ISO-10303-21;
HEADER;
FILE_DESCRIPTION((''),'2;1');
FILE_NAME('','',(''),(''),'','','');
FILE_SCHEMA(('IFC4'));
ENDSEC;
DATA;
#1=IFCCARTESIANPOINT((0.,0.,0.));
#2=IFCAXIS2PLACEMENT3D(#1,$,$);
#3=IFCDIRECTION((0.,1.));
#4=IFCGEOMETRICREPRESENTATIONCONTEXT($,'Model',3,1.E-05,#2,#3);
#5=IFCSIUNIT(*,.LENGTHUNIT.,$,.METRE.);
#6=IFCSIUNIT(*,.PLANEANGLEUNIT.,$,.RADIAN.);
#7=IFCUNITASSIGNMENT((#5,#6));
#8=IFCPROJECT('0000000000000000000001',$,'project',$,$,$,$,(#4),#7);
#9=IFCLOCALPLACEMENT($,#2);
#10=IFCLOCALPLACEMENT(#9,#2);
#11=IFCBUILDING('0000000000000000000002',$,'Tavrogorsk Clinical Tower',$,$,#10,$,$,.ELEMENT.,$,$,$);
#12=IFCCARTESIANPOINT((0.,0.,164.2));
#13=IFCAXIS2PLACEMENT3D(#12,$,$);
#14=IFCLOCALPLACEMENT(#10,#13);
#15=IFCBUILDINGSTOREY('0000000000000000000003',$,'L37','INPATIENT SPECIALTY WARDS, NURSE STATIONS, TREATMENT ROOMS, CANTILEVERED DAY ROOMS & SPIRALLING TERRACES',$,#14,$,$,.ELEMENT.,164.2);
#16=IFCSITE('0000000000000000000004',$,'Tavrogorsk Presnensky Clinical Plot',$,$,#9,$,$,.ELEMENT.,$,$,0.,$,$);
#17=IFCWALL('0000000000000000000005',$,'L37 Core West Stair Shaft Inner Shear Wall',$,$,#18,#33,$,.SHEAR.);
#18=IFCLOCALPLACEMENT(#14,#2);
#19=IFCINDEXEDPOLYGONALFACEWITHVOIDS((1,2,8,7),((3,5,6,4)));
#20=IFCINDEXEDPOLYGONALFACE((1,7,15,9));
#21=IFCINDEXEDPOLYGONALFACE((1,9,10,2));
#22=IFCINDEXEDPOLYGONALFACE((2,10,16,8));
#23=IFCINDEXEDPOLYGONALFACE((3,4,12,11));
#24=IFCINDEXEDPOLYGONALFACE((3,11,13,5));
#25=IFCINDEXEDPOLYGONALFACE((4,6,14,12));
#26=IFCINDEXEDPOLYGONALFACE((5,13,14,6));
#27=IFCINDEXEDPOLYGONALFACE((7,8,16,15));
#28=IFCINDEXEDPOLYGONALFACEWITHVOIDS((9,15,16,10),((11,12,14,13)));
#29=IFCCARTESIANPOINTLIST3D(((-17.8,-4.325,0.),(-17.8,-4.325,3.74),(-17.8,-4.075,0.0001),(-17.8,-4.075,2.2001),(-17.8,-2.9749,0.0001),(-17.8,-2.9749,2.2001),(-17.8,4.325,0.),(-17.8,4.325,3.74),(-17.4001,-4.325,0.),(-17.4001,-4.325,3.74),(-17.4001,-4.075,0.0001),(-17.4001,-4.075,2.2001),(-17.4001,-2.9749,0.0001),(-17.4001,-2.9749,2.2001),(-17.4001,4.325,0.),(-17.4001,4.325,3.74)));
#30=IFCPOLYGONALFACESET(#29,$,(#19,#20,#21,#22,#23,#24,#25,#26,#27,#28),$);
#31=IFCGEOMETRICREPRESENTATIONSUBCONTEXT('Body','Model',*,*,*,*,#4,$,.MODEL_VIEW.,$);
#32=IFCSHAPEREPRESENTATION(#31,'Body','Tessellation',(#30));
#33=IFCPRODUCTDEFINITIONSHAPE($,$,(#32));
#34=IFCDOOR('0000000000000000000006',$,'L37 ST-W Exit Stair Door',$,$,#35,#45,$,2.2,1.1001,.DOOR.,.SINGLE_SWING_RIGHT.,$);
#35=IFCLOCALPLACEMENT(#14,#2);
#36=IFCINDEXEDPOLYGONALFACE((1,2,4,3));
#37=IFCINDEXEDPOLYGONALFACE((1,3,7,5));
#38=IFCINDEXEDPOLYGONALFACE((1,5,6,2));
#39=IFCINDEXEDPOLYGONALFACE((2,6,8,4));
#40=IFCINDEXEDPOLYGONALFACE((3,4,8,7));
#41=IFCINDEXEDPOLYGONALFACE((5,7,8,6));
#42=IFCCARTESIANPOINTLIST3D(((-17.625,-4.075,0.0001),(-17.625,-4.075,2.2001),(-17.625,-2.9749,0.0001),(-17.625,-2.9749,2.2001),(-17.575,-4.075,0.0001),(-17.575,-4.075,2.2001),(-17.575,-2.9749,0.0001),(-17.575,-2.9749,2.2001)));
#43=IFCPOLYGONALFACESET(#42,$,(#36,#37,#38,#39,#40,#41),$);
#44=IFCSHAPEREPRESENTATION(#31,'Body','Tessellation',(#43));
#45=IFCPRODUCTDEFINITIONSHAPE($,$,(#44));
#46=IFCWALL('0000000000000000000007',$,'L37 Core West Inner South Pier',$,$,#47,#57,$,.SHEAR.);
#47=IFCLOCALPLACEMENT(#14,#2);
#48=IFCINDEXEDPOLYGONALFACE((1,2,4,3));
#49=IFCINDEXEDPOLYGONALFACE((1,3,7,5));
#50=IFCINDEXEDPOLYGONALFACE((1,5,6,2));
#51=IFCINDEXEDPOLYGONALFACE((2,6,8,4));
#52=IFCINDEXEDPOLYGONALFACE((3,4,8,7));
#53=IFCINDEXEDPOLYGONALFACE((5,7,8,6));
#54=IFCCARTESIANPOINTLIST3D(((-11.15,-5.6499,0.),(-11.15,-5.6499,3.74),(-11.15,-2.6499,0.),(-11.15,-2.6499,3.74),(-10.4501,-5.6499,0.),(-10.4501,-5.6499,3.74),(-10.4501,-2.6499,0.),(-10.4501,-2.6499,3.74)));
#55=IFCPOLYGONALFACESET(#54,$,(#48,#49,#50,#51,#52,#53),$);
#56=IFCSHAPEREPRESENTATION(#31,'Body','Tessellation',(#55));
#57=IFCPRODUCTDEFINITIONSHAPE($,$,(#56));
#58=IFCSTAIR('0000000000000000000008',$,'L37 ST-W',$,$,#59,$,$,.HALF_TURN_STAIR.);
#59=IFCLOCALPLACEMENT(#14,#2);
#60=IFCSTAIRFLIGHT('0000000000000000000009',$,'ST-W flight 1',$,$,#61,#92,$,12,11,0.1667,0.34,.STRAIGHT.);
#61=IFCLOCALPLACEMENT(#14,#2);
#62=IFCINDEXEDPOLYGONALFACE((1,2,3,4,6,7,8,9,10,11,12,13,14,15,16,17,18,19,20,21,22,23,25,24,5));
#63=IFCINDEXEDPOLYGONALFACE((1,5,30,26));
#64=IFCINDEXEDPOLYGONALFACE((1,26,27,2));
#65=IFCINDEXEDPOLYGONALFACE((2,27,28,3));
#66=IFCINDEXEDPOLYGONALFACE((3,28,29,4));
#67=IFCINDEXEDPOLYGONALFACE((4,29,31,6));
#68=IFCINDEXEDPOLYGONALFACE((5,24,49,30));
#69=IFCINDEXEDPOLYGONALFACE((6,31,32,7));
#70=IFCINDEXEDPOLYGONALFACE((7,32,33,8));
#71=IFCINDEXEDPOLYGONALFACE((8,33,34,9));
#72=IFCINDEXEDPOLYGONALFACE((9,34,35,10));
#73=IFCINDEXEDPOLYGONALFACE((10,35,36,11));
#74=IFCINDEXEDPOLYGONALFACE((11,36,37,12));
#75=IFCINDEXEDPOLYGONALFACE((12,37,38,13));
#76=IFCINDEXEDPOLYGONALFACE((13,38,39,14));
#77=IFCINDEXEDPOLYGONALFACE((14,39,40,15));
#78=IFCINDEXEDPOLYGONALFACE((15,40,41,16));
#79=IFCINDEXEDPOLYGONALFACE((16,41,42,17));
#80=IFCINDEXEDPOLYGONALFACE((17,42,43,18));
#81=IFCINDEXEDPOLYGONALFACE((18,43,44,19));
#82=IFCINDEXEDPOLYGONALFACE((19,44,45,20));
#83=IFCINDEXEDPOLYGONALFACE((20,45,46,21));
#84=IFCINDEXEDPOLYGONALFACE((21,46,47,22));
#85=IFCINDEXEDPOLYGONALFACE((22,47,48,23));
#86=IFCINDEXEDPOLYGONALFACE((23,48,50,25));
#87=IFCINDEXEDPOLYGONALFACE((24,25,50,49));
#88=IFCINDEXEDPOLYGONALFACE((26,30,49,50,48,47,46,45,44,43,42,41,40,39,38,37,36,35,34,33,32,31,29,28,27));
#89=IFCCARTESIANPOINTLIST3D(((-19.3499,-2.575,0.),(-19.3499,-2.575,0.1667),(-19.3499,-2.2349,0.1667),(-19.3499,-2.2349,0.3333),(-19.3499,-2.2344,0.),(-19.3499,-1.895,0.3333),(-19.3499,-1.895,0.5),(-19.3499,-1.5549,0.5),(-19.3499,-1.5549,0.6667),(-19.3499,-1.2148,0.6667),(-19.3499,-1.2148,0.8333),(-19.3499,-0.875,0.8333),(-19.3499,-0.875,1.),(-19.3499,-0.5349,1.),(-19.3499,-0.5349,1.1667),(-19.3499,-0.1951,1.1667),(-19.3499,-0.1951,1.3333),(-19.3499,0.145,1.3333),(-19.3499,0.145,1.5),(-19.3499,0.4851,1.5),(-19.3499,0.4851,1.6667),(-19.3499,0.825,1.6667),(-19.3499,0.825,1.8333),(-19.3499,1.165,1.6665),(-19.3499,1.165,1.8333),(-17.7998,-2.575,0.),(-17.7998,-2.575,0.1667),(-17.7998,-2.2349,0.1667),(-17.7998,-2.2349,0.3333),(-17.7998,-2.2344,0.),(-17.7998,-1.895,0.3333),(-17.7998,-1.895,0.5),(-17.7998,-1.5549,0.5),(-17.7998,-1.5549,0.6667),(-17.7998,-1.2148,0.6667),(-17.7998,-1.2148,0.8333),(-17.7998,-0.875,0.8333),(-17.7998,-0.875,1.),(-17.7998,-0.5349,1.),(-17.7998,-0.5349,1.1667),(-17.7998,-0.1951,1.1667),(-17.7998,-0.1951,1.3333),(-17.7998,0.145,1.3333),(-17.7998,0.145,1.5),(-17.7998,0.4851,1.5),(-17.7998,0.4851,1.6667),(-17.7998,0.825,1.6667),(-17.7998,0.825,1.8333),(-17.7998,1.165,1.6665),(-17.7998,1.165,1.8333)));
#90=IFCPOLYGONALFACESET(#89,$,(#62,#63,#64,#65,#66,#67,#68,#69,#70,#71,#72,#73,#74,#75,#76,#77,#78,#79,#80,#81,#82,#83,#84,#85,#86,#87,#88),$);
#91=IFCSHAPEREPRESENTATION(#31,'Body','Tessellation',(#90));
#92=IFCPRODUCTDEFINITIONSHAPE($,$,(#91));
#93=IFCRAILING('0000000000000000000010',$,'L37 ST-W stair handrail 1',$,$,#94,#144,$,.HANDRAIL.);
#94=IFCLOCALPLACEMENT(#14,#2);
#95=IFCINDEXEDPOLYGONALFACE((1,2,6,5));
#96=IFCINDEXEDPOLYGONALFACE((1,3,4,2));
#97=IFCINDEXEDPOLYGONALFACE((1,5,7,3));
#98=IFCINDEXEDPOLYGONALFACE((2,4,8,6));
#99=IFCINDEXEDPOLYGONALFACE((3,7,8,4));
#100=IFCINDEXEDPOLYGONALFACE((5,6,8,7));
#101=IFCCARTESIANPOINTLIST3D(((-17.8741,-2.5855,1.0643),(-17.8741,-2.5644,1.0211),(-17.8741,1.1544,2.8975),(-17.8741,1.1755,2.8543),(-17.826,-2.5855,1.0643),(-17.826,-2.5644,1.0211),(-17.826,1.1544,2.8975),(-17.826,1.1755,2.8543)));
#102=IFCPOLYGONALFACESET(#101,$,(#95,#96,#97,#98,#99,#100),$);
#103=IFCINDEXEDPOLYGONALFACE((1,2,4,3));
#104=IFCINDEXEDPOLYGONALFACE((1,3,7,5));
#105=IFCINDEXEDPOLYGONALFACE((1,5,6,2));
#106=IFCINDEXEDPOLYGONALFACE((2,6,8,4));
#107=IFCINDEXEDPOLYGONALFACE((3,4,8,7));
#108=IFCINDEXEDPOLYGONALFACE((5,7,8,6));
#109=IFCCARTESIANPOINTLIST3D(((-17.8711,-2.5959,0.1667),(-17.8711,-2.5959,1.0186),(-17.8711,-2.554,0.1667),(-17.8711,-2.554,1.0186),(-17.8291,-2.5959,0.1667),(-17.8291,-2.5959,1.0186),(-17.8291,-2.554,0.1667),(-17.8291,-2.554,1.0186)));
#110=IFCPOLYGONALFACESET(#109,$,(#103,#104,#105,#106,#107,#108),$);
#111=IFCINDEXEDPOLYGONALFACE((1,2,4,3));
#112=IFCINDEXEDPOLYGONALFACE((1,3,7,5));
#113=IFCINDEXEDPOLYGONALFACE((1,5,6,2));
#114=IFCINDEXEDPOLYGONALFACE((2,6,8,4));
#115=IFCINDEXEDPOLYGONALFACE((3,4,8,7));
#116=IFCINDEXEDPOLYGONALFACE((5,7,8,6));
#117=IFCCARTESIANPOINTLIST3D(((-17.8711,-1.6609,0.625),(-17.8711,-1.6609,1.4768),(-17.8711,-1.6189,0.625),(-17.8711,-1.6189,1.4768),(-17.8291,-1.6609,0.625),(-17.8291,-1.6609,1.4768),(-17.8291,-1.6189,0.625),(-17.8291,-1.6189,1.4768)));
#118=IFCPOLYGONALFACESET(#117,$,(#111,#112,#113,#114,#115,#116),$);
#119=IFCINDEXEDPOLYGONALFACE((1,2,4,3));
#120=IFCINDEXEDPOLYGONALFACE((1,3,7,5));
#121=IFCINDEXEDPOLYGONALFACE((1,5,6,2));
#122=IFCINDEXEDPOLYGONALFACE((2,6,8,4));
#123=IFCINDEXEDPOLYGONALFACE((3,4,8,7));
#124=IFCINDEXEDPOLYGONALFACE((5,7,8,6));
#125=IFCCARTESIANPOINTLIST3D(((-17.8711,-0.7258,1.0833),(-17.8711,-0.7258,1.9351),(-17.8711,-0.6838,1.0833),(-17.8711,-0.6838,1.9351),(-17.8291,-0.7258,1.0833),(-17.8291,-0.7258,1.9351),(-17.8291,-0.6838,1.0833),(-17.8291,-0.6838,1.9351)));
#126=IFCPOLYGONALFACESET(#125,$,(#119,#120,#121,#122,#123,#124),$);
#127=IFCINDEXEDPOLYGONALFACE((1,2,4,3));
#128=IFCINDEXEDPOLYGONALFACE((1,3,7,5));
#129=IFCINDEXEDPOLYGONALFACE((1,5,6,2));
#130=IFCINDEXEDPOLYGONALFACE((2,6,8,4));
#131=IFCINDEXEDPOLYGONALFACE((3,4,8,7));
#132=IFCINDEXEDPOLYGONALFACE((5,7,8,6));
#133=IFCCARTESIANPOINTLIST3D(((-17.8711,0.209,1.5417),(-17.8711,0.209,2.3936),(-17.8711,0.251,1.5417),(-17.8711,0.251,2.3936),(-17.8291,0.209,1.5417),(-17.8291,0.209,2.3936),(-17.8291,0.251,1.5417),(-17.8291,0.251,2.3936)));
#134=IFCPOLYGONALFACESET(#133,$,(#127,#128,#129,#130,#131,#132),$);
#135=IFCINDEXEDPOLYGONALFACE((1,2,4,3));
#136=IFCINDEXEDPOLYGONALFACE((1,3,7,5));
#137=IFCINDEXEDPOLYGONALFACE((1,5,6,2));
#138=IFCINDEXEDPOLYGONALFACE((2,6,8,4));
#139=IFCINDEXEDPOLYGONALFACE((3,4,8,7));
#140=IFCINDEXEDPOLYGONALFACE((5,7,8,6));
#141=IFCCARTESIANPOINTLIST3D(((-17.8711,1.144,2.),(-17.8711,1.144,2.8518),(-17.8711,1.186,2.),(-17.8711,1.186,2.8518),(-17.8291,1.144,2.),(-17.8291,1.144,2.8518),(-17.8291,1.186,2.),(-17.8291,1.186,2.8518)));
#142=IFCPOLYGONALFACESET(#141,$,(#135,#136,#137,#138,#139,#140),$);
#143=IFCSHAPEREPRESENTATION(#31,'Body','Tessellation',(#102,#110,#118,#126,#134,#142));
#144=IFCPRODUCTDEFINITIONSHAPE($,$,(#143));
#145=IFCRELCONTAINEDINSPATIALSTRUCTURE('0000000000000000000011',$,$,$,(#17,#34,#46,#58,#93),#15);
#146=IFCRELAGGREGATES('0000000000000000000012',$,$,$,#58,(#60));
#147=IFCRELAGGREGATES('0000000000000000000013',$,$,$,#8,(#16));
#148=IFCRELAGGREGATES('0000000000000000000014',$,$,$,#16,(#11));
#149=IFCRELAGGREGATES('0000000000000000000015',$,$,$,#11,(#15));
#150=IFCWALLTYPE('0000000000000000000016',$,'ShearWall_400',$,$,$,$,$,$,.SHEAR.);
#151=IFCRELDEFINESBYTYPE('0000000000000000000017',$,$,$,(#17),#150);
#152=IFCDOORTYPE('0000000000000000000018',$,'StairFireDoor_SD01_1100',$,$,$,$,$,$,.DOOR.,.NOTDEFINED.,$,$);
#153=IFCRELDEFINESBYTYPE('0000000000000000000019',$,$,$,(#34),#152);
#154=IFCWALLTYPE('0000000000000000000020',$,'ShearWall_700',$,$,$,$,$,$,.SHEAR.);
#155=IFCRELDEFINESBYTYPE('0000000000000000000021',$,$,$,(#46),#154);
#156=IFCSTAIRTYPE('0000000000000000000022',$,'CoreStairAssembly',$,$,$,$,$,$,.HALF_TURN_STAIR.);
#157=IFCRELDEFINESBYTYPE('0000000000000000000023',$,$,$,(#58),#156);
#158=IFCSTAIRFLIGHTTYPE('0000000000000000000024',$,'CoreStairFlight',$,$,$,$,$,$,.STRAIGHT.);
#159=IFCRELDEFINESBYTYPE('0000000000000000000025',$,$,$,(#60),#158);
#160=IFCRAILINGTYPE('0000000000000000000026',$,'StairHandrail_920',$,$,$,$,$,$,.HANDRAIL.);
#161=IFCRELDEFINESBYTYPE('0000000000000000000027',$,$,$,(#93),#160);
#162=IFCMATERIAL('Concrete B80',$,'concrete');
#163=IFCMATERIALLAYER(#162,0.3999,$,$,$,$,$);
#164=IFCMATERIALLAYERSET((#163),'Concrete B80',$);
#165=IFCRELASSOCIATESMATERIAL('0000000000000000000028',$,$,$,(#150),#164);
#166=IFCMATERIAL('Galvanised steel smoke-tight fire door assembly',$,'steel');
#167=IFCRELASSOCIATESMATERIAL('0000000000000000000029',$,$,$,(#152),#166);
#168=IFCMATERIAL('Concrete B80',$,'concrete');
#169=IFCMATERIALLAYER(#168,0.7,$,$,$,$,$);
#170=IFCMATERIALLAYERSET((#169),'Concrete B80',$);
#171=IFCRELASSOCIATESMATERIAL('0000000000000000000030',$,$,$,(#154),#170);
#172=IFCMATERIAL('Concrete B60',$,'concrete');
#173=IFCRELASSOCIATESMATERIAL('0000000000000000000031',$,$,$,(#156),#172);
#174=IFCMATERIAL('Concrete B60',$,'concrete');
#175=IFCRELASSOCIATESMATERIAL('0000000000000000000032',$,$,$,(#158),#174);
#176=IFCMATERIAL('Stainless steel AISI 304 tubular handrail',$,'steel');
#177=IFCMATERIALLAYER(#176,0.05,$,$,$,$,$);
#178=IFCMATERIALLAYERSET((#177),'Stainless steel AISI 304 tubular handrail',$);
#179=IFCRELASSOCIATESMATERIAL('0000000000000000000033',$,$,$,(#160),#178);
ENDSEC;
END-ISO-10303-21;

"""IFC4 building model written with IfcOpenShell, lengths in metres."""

from ifc_helpers import new_model, si_unit, direction, frame, frame_2d, origin, origin_2d, place, context, subcontext, project, spatial, polyline, rectangle, outline, extrude, material, layer, layer_set, type_object, element, fill, aggregate, save


model = new_model("IFC4")

# Units and contexts
model_context = context("Model", 3, precision=1e-05, world=origin(), true_north=direction((0.0, 1.0)))
body_context = subcontext(model_context, "Body", "Model", "MODEL_VIEW")
ifc_project = project(units=[si_unit("LENGTHUNIT", "METRE"), si_unit("PLANEANGLEUNIT", "RADIAN")], contexts=[model_context])

# Site, building, storey
site_placement = place(None, origin())
site = spatial("IfcSite", under=ifc_project, at=site_placement, Name="Tavrogorsk Presnensky Clinical Plot", CompositionType="ELEMENT", RefElevation=0.0)
building_placement = place(site_placement, origin())
building = spatial("IfcBuilding", under=site, at=building_placement, Name="Tavrogorsk Clinical Tower", CompositionType="ELEMENT")
storey_placement = place(building_placement, frame((0.0, 0.0, 164.2)))
storey = spatial("IfcBuildingStorey", under=building, at=storey_placement, Name="L37", Description="INPATIENT SPECIALTY WARDS, NURSE STATIONS, TREATMENT ROOMS, CANTILEVERED DAY ROOMS & SPIRALLING TERRACES", CompositionType="ELEMENT", Elevation=164.2)

# Wall, opening, door
ifc_material_1 = material(Name="Concrete B80", Category="concrete")
ifc_layer_1 = layer(ifc_material_1, 0.3999)
ifc_layer_set_1 = layer_set([ifc_layer_1], Name="Concrete B80")
wall_type_1 = type_object("IfcWallType", Name="ShearWall_400", PredefinedType="SHEAR", material=ifc_layer_set_1)
wall_1_placement = place(storey_placement, frame((-17.6001, -4.325, 0.0), z_axis=(0.0, 0.0, 1.0), x_axis=(0.0, 1.0, 0.0)))
wall_1 = element("IfcWall", 1, at=wall_1_placement, inside=storey, type_object=wall_type_1, Name="L37 Core West Stair Shaft Inner Shear Wall", PredefinedType="SHEAR", context=body_context, shape_type="SweptSolid", body=[
    extrude(rectangle(XDim=8.6499, YDim=0.3999, at=frame_2d((4.325, 0.0))), origin(), (0.0, 0.0, 1.0), 3.74),
])
opening_1_placement = place(wall_1_placement, frame((0.25, 0.0, 0.0)))
opening_1 = element("IfcOpeningElement", 2, at=opening_1_placement, cuts=wall_1, PredefinedType="OPENING", context=body_context, shape_type="SweptSolid", body=[
    extrude(rectangle(XDim=1.1001, YDim=2.2, at=frame_2d((0.55, 1.1001))), frame((0.0, 0.21, 0.0), z_axis=(0.0, -1.0, 0.0), x_axis=(1.0, 0.0, 0.0)), (0.0, 0.0, 1.0), 0.4199),
])
ifc_material_2 = material(Name="Galvanised steel smoke-tight fire door assembly", Category="steel")
door_type_1 = type_object("IfcDoorType", Name="StairFireDoor_SD01_1100", OperationType="NOTDEFINED", PredefinedType="DOOR", material=ifc_material_2)
door_1_placement = place(opening_1_placement, origin())
door_1 = element("IfcDoor", 3, at=door_1_placement, inside=storey, type_object=door_type_1, Name="L37 ST-W Exit Stair Door", OperationType="SINGLE_SWING_RIGHT", OverallHeight=2.2, OverallWidth=1.1001, PredefinedType="DOOR", context=body_context, shape_type="SweptSolid", body=[
    extrude(rectangle(XDim=1.1001, YDim=2.2, at=frame_2d((0.55, 1.1001))), frame((0.0, 0.0249, 0.0), z_axis=(0.0, -1.0, 0.0), x_axis=(1.0, 0.0, 0.0)), (0.0, 0.0, 1.0), 0.05),
])
fill(opening_1, door_1)

# Wall
ifc_material_3 = material(Name="Concrete B80", Category="concrete")
ifc_layer_2 = layer(ifc_material_3, 0.7)
ifc_layer_set_2 = layer_set([ifc_layer_2], Name="Concrete B80")
wall_type_2 = type_object("IfcWallType", Name="ShearWall_700", PredefinedType="SHEAR", material=ifc_layer_set_2)
wall_2_placement = place(storey_placement, frame((-10.8, -5.6499, 0.0), z_axis=(0.0, 0.0, 1.0), x_axis=(0.0, 1.0, 0.0)))
element("IfcWall", 4, at=wall_2_placement, inside=storey, type_object=wall_type_2, Name="L37 Core West Inner South Pier", PredefinedType="SHEAR", context=body_context, shape_type="SweptSolid", body=[
    extrude(rectangle(XDim=3.0, YDim=0.7, at=frame_2d((1.5, 0.0))), origin(), (0.0, 0.0, 1.0), 3.74),
])

# Stair, stair flight
ifc_material_4 = material(Name="Concrete B60", Category="concrete")
stair_type = type_object("IfcStairType", Name="CoreStairAssembly", PredefinedType="HALF_TURN_STAIR", material=ifc_material_4)
stair_placement = place(storey_placement, origin())
stair = element("IfcStair", 5, at=stair_placement, inside=storey, type_object=stair_type, Name="L37 ST-W", PredefinedType="HALF_TURN_STAIR")
ifc_material_5 = material(Name="Concrete B60", Category="concrete")
stair_flight_type = type_object("IfcStairFlightType", Name="CoreStairFlight", PredefinedType="STRAIGHT", material=ifc_material_5)
stair_flight_placement = place(storey_placement, frame((-18.575, -2.575, 0.0), z_axis=(0.0, 0.0, 1.0), x_axis=(0.0, 1.0, 0.0)))
stair_flight = element("IfcStairFlight", 6, at=stair_flight_placement, type_object=stair_flight_type, Name="ST-W flight 1", NumberOfRisers=12, NumberOfTreads=11, PredefinedType="STRAIGHT", RiserHeight=0.1667, TreadLength=0.34, context=body_context, shape_type="SweptSolid", body=[
    extrude(outline(polyline([(0.0, 0.0), (0.0, 0.1667), (0.3401, 0.1667), (0.3401, 0.3333), (0.6799, 0.3333), (0.6799, 0.5), (1.02, 0.5), (1.02, 0.6667), (1.3601, 0.6667), (1.3601, 0.8333), (1.7, 0.8333), (1.7, 1.0), (2.04, 1.0), (2.04, 1.1667), (2.3799, 1.1667), (2.3799, 1.3333), (2.72, 1.3333), (2.72, 1.5), (3.0601, 1.5), (3.0601, 1.6667), (3.3999, 1.6667), (3.3999, 1.8333), (3.74, 1.8333), (3.74, 2.0), (3.74, 1.6665), (0.3406, 0.0), (0.0, 0.0)])), frame((0.0, 0.7749, 0.0), z_axis=(0.0, -1.0, 0.0), x_axis=(1.0, 0.0, 0.0)), (0.0, 0.0, 1.0), 1.55),
])
aggregate(stair, [stair_flight])

# Railing
ifc_material_6 = material(Name="Stainless steel AISI 304 tubular handrail", Category="steel")
ifc_layer_3 = layer(ifc_material_6, 0.05)
ifc_layer_set_3 = layer_set([ifc_layer_3], Name="Stainless steel AISI 304 tubular handrail")
railing_type = type_object("IfcRailingType", Name="StairHandrail_920", PredefinedType="HANDRAIL", material=ifc_layer_set_3)
railing_placement = place(storey_placement, frame((-17.8501, -2.575, 0.1667)))
element("IfcRailing", 7, at=railing_placement, inside=storey, type_object=railing_type, Name="L37 ST-W stair handrail 1", PredefinedType="HANDRAIL", context=body_context, shape_type="SweptSolid", body=[
    extrude(rectangle(XDim=0.0481, YDim=0.0481, at=origin_2d()), frame((0.0, 0.0, 0.876), z_axis=(0.0, 0.897928, 0.440142), x_axis=(-1.0, 0.0, 0.0)), (0.0, 0.0, 1.0), 4.165),
    extrude(rectangle(XDim=0.042, YDim=0.042, at=origin_2d()), origin(), (0.0, 0.0, 1.0), 0.8518),
    extrude(rectangle(XDim=0.042, YDim=0.042, at=origin_2d()), frame((0.0, 0.9351, 0.4583)), (0.0, 0.0, 1.0), 0.8518),
    extrude(rectangle(XDim=0.042, YDim=0.042, at=origin_2d()), frame((0.0, 1.8701, 0.9165)), (0.0, 0.0, 1.0), 0.8518),
    extrude(rectangle(XDim=0.042, YDim=0.042, at=origin_2d()), frame((0.0, 2.8049, 1.375)), (0.0, 0.0, 1.0), 0.8518),
    extrude(rectangle(XDim=0.042, YDim=0.042, at=origin_2d()), frame((0.0, 3.74, 1.8333)), (0.0, 0.0, 1.0), 0.8518),
])

save(model, "model.ifc")
